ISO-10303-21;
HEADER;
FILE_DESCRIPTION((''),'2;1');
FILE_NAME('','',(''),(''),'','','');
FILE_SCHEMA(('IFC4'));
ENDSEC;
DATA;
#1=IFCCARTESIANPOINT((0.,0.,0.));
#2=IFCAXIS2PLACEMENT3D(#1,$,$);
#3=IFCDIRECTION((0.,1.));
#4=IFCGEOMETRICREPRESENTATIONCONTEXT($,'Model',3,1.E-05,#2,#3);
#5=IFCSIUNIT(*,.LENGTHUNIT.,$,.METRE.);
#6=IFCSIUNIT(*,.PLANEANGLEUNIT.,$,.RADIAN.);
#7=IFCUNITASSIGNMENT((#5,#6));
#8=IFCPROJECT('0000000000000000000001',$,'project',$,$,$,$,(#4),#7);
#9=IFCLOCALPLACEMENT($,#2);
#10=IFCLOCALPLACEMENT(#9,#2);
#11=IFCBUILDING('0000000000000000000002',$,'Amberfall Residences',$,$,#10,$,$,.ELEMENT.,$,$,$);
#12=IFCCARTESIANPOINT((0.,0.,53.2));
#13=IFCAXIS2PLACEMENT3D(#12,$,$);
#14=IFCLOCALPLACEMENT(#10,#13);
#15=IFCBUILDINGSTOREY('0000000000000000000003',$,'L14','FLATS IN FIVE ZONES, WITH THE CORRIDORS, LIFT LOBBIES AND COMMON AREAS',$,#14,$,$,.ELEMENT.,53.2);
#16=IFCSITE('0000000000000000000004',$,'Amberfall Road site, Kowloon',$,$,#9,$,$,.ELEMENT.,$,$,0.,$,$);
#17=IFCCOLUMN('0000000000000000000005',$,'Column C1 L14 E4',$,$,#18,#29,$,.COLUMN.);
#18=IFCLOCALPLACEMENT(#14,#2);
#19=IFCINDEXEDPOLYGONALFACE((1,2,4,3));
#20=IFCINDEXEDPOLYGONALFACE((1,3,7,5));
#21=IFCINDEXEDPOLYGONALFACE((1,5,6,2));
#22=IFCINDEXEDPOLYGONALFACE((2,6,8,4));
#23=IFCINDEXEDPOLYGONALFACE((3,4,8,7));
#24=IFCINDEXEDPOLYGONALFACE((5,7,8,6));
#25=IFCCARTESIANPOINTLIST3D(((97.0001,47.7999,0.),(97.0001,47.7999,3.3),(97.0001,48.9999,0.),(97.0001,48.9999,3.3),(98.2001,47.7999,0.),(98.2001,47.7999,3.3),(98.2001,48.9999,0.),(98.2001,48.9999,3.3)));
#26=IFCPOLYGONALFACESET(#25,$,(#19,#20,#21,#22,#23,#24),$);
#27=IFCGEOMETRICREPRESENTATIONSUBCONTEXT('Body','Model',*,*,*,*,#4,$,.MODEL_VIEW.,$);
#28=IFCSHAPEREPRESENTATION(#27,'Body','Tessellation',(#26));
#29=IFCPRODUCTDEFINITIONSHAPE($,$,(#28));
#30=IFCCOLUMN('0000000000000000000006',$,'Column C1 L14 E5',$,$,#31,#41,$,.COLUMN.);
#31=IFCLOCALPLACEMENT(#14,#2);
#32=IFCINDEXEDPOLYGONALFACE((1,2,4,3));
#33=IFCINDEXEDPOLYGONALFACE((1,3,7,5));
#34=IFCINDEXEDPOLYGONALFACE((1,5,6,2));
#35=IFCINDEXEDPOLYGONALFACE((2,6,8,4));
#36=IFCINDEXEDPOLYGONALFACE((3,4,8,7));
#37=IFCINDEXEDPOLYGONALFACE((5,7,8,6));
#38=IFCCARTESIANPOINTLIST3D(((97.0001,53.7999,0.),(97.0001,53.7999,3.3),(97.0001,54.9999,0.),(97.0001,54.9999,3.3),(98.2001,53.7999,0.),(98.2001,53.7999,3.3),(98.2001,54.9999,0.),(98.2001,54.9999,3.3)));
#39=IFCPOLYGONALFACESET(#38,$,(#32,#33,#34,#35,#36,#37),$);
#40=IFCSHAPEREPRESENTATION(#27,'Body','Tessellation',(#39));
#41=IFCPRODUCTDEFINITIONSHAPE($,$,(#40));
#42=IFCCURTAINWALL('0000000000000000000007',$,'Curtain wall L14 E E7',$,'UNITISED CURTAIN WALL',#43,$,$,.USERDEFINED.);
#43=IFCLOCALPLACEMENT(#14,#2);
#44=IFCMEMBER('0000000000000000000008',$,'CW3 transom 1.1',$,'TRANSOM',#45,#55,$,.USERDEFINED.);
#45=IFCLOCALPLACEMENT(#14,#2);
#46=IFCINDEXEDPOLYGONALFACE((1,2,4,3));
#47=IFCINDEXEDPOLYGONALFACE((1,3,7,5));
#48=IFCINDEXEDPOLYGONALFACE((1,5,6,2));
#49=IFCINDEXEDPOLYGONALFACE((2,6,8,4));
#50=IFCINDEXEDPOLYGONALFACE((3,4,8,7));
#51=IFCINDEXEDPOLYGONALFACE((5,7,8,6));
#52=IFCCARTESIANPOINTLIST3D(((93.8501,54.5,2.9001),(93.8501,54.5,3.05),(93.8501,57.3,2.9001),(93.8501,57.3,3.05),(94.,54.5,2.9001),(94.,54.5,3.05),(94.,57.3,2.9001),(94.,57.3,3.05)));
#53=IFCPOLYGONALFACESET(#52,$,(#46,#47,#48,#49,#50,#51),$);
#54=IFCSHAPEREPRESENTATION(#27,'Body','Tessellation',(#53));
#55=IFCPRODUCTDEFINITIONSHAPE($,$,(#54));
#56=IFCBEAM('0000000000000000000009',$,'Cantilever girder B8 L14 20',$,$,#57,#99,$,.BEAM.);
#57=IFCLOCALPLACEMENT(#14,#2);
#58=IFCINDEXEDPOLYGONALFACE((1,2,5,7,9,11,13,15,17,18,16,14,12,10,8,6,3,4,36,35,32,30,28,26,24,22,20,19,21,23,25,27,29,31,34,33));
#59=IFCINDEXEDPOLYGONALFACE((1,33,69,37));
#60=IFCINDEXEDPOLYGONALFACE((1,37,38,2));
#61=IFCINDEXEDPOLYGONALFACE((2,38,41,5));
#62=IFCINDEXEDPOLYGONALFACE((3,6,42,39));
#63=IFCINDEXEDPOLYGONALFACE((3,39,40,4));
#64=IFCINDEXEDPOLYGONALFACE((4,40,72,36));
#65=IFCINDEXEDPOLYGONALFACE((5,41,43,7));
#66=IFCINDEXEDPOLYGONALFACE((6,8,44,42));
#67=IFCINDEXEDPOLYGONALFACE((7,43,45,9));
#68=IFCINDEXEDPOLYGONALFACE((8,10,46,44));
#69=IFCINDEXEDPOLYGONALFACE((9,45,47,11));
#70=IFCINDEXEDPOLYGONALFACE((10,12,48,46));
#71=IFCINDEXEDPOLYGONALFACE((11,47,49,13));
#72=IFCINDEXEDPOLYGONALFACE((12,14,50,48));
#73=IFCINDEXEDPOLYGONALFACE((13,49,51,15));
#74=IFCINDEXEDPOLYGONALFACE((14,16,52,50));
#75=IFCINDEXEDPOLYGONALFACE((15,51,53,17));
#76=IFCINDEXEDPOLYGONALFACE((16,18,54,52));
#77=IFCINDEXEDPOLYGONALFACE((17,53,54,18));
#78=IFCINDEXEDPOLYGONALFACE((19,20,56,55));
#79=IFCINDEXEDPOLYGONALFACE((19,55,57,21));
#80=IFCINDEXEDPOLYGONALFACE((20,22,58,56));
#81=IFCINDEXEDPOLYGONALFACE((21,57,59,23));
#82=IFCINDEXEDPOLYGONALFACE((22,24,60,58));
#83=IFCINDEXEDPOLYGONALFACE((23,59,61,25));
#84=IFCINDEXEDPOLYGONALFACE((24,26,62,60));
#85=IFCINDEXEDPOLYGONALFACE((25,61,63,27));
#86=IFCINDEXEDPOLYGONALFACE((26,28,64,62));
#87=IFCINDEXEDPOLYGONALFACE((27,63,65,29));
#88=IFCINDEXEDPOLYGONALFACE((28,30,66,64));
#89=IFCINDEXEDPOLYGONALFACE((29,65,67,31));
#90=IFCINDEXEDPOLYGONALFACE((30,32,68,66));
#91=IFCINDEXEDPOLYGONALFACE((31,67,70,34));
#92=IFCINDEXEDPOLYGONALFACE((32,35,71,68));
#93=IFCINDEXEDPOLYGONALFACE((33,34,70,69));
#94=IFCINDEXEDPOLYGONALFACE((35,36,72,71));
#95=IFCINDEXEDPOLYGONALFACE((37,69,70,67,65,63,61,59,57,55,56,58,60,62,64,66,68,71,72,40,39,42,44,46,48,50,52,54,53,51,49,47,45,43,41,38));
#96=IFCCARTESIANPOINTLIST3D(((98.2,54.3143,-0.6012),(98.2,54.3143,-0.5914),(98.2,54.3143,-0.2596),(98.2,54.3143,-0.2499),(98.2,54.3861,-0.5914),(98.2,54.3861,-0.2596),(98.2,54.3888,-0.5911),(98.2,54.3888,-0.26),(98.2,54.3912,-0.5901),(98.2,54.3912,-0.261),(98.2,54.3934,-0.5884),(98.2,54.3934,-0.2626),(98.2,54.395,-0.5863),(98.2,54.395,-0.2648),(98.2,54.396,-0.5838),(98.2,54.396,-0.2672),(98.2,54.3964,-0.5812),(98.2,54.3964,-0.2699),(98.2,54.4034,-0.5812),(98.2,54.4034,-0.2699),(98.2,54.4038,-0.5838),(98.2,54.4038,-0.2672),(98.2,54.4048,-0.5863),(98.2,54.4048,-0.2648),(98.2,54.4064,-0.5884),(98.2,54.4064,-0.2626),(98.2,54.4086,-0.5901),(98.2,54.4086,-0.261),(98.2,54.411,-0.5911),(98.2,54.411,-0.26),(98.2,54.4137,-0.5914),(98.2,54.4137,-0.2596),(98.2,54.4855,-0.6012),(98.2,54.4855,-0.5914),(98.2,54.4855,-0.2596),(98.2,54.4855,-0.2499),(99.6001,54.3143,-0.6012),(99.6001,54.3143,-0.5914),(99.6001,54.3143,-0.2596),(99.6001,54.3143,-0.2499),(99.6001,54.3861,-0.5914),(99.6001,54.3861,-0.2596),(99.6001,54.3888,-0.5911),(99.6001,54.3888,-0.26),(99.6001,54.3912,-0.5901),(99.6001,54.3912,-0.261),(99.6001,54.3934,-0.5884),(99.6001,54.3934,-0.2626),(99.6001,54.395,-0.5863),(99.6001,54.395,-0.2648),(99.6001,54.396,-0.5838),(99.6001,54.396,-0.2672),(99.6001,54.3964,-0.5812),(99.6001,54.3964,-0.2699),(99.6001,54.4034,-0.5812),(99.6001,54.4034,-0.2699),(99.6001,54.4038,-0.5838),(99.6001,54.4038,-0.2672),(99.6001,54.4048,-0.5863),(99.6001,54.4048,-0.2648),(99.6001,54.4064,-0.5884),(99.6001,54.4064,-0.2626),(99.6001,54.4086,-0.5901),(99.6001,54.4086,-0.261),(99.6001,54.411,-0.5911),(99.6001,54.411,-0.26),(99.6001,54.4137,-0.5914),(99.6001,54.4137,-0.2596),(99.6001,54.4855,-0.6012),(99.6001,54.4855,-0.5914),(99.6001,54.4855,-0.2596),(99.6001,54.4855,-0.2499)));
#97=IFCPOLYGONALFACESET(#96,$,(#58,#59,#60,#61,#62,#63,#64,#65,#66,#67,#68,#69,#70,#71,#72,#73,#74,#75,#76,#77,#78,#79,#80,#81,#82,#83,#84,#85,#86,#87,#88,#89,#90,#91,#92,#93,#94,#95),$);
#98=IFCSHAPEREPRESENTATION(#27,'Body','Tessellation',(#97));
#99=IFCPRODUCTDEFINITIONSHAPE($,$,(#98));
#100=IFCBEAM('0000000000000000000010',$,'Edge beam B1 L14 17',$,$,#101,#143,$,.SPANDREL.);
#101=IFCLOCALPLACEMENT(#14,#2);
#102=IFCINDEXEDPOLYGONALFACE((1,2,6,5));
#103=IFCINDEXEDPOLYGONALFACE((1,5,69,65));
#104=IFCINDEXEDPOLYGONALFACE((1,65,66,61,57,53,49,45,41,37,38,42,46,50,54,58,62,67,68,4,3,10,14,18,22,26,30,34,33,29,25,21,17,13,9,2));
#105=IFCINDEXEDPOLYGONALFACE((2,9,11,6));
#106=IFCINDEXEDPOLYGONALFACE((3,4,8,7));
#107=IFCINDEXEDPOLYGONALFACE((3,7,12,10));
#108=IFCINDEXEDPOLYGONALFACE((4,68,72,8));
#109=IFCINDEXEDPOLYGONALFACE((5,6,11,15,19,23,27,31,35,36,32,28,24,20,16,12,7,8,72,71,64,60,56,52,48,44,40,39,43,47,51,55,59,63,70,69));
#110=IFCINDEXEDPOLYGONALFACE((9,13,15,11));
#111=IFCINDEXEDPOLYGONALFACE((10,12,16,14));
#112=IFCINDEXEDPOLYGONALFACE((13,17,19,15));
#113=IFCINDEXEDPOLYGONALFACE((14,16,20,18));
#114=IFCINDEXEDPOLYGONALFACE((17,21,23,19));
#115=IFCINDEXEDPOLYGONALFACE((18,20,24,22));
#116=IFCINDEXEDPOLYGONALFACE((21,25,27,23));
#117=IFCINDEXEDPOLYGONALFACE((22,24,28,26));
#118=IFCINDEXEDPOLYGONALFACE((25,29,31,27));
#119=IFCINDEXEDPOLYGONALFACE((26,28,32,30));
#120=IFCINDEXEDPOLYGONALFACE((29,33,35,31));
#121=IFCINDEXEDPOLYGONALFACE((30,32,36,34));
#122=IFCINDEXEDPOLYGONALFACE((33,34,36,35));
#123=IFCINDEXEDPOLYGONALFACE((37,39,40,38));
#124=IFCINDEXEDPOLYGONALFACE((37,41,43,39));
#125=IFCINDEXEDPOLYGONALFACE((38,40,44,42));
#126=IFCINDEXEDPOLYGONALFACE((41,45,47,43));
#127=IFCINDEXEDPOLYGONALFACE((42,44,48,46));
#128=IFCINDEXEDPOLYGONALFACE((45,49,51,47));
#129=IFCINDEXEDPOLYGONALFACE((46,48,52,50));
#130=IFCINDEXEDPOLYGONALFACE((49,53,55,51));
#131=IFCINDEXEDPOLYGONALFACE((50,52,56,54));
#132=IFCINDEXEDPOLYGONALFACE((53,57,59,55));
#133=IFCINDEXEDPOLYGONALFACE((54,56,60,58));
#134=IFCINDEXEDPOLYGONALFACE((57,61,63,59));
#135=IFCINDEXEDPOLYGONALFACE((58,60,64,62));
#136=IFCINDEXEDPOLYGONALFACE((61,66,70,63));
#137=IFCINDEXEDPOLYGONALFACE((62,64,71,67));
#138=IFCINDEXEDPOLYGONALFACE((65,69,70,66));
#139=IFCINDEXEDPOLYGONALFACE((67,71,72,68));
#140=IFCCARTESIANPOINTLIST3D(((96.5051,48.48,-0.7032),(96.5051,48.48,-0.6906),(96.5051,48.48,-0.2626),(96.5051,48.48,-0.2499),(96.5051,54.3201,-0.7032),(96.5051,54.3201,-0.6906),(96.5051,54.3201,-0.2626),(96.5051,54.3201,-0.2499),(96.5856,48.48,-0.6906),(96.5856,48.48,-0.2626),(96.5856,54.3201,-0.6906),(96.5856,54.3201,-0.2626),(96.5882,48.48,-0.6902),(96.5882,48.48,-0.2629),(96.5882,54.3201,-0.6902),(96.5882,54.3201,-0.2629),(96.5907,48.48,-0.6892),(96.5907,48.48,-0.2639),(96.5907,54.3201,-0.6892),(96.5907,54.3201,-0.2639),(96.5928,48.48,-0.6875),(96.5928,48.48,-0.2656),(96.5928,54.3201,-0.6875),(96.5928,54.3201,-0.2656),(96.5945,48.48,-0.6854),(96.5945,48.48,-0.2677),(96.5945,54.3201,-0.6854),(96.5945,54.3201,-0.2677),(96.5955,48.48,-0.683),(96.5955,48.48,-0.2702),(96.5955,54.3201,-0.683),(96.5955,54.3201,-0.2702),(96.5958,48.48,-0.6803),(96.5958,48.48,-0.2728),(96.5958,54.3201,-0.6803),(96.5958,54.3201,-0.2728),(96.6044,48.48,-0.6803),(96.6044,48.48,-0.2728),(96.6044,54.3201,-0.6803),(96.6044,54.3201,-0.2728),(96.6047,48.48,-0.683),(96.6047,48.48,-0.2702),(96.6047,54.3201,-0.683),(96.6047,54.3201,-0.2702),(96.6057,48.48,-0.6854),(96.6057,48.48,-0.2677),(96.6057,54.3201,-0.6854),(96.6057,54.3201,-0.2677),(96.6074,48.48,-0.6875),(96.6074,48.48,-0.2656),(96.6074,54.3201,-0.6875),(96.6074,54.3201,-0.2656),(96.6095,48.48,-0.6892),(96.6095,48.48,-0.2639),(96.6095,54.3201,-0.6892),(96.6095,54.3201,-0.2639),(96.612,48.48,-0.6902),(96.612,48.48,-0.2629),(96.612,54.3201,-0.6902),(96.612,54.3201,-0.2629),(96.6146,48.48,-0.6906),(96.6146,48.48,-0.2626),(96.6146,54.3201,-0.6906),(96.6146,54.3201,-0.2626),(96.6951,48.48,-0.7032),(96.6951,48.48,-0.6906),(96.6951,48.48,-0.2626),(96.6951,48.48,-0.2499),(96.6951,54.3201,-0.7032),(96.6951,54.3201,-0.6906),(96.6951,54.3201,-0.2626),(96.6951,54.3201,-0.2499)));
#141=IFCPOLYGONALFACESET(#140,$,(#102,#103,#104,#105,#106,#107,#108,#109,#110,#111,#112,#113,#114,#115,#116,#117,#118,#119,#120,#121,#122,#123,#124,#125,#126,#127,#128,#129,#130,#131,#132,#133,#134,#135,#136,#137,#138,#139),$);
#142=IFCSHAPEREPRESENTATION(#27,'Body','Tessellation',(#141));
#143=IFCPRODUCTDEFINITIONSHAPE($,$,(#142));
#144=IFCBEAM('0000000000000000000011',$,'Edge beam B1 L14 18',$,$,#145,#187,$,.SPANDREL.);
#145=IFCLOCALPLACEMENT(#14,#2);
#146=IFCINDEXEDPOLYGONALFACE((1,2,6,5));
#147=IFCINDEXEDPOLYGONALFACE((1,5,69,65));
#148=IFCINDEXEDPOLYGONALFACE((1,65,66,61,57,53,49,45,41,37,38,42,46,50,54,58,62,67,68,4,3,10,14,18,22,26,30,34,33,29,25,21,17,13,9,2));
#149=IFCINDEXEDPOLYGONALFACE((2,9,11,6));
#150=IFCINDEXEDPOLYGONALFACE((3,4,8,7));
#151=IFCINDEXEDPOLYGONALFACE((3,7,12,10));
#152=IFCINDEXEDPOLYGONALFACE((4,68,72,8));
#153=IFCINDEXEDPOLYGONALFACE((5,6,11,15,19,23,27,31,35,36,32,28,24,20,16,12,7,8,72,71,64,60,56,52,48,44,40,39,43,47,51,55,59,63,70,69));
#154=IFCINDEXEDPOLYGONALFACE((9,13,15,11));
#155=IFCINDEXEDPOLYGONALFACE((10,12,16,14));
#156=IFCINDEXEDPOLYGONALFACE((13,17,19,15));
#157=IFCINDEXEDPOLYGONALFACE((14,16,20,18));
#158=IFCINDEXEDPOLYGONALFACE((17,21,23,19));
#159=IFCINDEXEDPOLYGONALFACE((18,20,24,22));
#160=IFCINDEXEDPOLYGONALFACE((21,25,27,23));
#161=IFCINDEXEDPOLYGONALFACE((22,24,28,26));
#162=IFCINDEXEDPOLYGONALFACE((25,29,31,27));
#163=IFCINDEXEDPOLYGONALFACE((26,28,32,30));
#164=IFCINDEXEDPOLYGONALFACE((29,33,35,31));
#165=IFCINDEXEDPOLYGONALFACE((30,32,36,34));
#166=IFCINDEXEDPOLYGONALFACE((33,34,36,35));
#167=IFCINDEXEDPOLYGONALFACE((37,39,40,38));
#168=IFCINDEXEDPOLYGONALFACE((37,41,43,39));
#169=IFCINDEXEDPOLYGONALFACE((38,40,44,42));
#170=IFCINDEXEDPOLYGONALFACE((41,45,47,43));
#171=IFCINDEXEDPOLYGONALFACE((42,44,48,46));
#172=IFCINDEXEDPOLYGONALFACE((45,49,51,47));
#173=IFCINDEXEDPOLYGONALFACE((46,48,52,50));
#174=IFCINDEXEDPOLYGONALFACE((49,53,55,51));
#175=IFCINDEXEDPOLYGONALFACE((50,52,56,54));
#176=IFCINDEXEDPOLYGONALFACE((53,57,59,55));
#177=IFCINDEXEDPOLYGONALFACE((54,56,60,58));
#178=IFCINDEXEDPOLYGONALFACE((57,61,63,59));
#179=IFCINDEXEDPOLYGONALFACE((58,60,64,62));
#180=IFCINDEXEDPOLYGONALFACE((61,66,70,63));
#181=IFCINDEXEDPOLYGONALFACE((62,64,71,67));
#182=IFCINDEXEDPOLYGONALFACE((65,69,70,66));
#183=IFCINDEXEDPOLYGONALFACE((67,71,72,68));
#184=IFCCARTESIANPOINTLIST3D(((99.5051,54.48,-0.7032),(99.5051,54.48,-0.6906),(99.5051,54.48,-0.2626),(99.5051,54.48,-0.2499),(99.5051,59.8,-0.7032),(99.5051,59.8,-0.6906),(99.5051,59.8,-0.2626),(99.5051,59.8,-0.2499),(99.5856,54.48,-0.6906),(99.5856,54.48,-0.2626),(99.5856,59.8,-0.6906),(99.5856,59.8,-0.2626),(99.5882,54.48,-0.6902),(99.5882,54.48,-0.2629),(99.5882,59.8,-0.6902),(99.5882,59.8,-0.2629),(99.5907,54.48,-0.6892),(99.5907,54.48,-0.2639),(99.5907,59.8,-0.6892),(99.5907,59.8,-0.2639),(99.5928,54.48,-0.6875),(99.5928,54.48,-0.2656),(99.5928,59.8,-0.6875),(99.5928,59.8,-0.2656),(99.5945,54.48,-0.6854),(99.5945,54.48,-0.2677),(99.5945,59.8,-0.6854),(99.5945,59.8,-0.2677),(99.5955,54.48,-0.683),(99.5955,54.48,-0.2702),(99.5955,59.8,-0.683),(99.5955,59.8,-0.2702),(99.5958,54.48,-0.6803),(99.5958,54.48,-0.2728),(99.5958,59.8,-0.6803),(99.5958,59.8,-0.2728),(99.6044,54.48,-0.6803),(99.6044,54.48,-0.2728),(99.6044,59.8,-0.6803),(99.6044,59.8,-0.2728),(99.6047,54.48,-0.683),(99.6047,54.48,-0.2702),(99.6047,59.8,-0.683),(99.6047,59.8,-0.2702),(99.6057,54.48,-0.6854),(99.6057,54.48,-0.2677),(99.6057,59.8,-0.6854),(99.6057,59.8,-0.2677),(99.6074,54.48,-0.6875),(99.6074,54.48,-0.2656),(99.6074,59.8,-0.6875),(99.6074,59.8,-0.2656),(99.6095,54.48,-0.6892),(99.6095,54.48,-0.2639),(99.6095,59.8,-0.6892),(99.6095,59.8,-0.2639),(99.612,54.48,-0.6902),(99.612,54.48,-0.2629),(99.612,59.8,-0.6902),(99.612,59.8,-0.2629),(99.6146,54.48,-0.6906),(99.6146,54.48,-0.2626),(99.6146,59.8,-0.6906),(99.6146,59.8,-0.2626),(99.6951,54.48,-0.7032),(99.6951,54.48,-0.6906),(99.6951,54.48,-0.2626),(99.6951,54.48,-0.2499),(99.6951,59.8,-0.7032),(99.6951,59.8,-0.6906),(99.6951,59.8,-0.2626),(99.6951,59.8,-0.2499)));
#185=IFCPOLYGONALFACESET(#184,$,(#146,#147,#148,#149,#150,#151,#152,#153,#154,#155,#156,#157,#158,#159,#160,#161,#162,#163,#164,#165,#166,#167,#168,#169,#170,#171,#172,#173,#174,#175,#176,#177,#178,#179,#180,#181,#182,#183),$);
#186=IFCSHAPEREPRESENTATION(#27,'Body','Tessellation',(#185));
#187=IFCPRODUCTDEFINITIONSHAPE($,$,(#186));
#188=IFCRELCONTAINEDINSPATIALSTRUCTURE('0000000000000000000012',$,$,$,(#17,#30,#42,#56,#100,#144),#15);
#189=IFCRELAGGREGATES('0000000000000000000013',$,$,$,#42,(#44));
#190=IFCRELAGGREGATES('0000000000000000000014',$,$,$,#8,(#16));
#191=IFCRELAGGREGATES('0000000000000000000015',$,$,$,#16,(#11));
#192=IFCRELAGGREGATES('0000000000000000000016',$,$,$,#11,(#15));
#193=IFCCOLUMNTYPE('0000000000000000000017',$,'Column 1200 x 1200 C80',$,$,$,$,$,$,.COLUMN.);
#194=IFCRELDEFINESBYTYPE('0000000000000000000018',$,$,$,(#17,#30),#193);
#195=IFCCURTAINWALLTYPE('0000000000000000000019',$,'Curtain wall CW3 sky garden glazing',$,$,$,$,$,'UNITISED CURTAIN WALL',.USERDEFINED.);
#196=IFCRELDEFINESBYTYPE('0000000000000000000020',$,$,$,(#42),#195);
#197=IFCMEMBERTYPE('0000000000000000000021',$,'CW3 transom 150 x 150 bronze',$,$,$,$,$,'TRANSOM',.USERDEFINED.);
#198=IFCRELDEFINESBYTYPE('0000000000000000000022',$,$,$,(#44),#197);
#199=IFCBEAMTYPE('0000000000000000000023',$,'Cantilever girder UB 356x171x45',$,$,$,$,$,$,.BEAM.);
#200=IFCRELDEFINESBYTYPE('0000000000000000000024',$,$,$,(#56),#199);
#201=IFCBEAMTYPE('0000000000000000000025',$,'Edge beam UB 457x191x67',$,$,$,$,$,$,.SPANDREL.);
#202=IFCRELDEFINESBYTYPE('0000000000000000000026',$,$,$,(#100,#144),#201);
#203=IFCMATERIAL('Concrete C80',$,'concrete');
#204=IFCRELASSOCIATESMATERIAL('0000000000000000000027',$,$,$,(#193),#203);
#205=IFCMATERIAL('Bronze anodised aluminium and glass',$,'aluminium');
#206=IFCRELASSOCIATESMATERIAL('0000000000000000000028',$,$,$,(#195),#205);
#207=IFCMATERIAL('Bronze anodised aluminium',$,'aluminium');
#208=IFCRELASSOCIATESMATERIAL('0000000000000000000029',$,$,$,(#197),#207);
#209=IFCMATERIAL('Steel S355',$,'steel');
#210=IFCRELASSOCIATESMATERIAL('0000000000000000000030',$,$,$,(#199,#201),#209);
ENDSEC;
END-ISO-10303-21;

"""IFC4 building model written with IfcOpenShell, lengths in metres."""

from ifc_helpers import new_model, si_unit, direction, frame, origin, origin_2d, place, context, subcontext, project, spatial, rectangle, i_section, extrude, material, material_profile, profile_set, type_object, element, aggregate, save


model = new_model("IFC4")

# Units and contexts
model_context = context("Model", 3, precision=1e-05, world=origin(), true_north=direction((0.0, 1.0)))
body_context = subcontext(model_context, "Body", "Model", "MODEL_VIEW")
ifc_project = project(units=[si_unit("LENGTHUNIT", "METRE"), si_unit("PLANEANGLEUNIT", "RADIAN")], contexts=[model_context])

# Site, building, storey
site_placement = place(None, origin())
site = spatial("IfcSite", under=ifc_project, at=site_placement, Name="Amberfall Road site, Kowloon", CompositionType="ELEMENT", RefElevation=0.0)
building_placement = place(site_placement, origin())
building = spatial("IfcBuilding", under=site, at=building_placement, Name="Amberfall Residences", CompositionType="ELEMENT")
storey_placement = place(building_placement, frame((0.0, 0.0, 53.2)))
storey = spatial("IfcBuildingStorey", under=building, at=storey_placement, Name="L14", Description="FLATS IN FIVE ZONES, WITH THE CORRIDORS, LIFT LOBBIES AND COMMON AREAS", CompositionType="ELEMENT", Elevation=53.2)

# Columns
ifc_material_1 = material(Name="Concrete C80", Category="concrete")
ifc_material_profile_1 = material_profile(ifc_material_1, rectangle(XDim=1.2, YDim=1.2, at=origin_2d()), Name="Column 1200 x 1200 C80")
ifc_profile_set_1 = profile_set([ifc_material_profile_1], Name="Concrete C80")
column_type = type_object("IfcColumnType", Name="Column 1200 x 1200 C80", PredefinedType="COLUMN", material=ifc_profile_set_1)
for number, where, z_axis, x_axis, name in (
    (1, (97.6001, 48.3999, 0.0), (0.0, 0.0, 1.0), (1.0, 0.0, 0.0), "Column C1 L14 E4"),
    (2, (97.6001, 54.3999, 0.0), (0.0, 0.0, 1.0), (1.0, 0.0, 0.0), "Column C1 L14 E5"),
):
    element("IfcColumn", number, at=place(storey_placement, frame(where, z_axis=z_axis, x_axis=x_axis)), inside=storey, type_object=column_type, Name=name, PredefinedType="COLUMN", context=body_context, shape_type="SweptSolid", body=[
        extrude(rectangle(XDim=1.2, YDim=1.2, at=origin_2d()), origin(), (0.0, 0.0, 1.0), 3.3),
    ])

# Curtain wall, member
ifc_material_2 = material(Name="Bronze anodised aluminium and glass", Category="aluminium")
curtain_wall_type = type_object("IfcCurtainWallType", Name="Curtain wall CW3 sky garden glazing", ElementType="UNITISED CURTAIN WALL", PredefinedType="USERDEFINED", material=ifc_material_2)
curtain_wall_placement = place(storey_placement, origin())
curtain_wall = element("IfcCurtainWall", 3, at=curtain_wall_placement, inside=storey, type_object=curtain_wall_type, Name="Curtain wall L14 E E7", ObjectType="UNITISED CURTAIN WALL", PredefinedType="USERDEFINED")
ifc_material_3 = material(Name="Bronze anodised aluminium", Category="aluminium")
ifc_material_profile_2 = material_profile(ifc_material_3, rectangle(XDim=0.1499, YDim=0.1499, at=origin_2d()), Name="CW3 transom 150 x 150 bronze")
ifc_profile_set_2 = profile_set([ifc_material_profile_2], Name="Bronze anodised aluminium")
member_type = type_object("IfcMemberType", Name="CW3 transom 150 x 150 bronze", ElementType="TRANSOM", PredefinedType="USERDEFINED", material=ifc_profile_set_2)
member_placement = place(storey_placement, frame((93.925, 54.5, 2.9751), z_axis=(0.0, 1.0, 0.0), x_axis=(-1.0, 0.0, 0.0)))
member = element("IfcMember", 4, at=member_placement, type_object=member_type, Name="CW3 transom 1.1", ObjectType="TRANSOM", PredefinedType="USERDEFINED", context=body_context, shape_type="SweptSolid", body=[
    extrude(rectangle(XDim=0.1499, YDim=0.1499, at=origin_2d()), origin(), (0.0, 0.0, 1.0), 2.8),
])

# Beams
ifc_material_4 = material(Name="Steel S355", Category="steel")
ifc_material_profile_3 = material_profile(ifc_material_4, i_section(OverallWidth=0.1711, OverallDepth=0.3513, WebThickness=0.0071, FlangeThickness=0.0098, FilletRadius=0.0103, at=origin_2d()), Name="UB 356x171x45")
ifc_profile_set_3 = profile_set([ifc_material_profile_3], Name="Steel S355")
beam_type_1 = type_object("IfcBeamType", Name="Cantilever girder UB 356x171x45", PredefinedType="BEAM", material=ifc_profile_set_3)
beam_1_placement = place(storey_placement, frame((98.2, 54.3999, -0.4255), z_axis=(1.0, 0.0, 0.0), x_axis=(0.0, 1.0, 0.0)))
element("IfcBeam", 5, at=beam_1_placement, inside=storey, type_object=beam_type_1, Name="Cantilever girder B8 L14 20", PredefinedType="BEAM", context=body_context, shape_type="SweptSolid", body=[
    extrude(i_section(OverallWidth=0.1711, OverallDepth=0.3513, WebThickness=0.0071, FlangeThickness=0.0098, FilletRadius=0.0103, at=origin_2d()), origin(), (0.0, 0.0, 1.0), 1.4001),
])
ifc_material_profile_4 = material_profile(ifc_material_4, i_section(OverallWidth=0.1899, OverallDepth=0.4534, WebThickness=0.0085, FlangeThickness=0.0127, FilletRadius=0.0103, at=origin_2d()), Name="UB 457x191x67")
ifc_profile_set_4 = profile_set([ifc_material_profile_4], Name="Steel S355")
beam_type_2 = type_object("IfcBeamType", Name="Edge beam UB 457x191x67", PredefinedType="SPANDREL", material=ifc_profile_set_4)
beam_2_placement = place(storey_placement, frame((96.6001, 48.48, -0.4766), z_axis=(0.0, 1.0, 0.0), x_axis=(-1.0, 0.0, 0.0)))
element("IfcBeam", 6, at=beam_2_placement, inside=storey, type_object=beam_type_2, Name="Edge beam B1 L14 17", PredefinedType="SPANDREL", context=body_context, shape_type="SweptSolid", body=[
    extrude(i_section(OverallWidth=0.1899, OverallDepth=0.4534, WebThickness=0.0085, FlangeThickness=0.0127, FilletRadius=0.0103, at=origin_2d()), origin(), (0.0, 0.0, 1.0), 5.8401),
])
beam_3_placement = place(storey_placement, frame((99.6001, 54.48, -0.4766), z_axis=(0.0, 1.0, 0.0), x_axis=(-1.0, 0.0, 0.0)))
element("IfcBeam", 7, at=beam_3_placement, inside=storey, type_object=beam_type_2, Name="Edge beam B1 L14 18", PredefinedType="SPANDREL", context=body_context, shape_type="SweptSolid", body=[
    extrude(i_section(OverallWidth=0.1899, OverallDepth=0.4534, WebThickness=0.0085, FlangeThickness=0.0127, FilletRadius=0.0103, at=origin_2d()), origin(), (0.0, 0.0, 1.0), 5.3201),
])

aggregate(curtain_wall, [member])

save(model, "model.ifc")
